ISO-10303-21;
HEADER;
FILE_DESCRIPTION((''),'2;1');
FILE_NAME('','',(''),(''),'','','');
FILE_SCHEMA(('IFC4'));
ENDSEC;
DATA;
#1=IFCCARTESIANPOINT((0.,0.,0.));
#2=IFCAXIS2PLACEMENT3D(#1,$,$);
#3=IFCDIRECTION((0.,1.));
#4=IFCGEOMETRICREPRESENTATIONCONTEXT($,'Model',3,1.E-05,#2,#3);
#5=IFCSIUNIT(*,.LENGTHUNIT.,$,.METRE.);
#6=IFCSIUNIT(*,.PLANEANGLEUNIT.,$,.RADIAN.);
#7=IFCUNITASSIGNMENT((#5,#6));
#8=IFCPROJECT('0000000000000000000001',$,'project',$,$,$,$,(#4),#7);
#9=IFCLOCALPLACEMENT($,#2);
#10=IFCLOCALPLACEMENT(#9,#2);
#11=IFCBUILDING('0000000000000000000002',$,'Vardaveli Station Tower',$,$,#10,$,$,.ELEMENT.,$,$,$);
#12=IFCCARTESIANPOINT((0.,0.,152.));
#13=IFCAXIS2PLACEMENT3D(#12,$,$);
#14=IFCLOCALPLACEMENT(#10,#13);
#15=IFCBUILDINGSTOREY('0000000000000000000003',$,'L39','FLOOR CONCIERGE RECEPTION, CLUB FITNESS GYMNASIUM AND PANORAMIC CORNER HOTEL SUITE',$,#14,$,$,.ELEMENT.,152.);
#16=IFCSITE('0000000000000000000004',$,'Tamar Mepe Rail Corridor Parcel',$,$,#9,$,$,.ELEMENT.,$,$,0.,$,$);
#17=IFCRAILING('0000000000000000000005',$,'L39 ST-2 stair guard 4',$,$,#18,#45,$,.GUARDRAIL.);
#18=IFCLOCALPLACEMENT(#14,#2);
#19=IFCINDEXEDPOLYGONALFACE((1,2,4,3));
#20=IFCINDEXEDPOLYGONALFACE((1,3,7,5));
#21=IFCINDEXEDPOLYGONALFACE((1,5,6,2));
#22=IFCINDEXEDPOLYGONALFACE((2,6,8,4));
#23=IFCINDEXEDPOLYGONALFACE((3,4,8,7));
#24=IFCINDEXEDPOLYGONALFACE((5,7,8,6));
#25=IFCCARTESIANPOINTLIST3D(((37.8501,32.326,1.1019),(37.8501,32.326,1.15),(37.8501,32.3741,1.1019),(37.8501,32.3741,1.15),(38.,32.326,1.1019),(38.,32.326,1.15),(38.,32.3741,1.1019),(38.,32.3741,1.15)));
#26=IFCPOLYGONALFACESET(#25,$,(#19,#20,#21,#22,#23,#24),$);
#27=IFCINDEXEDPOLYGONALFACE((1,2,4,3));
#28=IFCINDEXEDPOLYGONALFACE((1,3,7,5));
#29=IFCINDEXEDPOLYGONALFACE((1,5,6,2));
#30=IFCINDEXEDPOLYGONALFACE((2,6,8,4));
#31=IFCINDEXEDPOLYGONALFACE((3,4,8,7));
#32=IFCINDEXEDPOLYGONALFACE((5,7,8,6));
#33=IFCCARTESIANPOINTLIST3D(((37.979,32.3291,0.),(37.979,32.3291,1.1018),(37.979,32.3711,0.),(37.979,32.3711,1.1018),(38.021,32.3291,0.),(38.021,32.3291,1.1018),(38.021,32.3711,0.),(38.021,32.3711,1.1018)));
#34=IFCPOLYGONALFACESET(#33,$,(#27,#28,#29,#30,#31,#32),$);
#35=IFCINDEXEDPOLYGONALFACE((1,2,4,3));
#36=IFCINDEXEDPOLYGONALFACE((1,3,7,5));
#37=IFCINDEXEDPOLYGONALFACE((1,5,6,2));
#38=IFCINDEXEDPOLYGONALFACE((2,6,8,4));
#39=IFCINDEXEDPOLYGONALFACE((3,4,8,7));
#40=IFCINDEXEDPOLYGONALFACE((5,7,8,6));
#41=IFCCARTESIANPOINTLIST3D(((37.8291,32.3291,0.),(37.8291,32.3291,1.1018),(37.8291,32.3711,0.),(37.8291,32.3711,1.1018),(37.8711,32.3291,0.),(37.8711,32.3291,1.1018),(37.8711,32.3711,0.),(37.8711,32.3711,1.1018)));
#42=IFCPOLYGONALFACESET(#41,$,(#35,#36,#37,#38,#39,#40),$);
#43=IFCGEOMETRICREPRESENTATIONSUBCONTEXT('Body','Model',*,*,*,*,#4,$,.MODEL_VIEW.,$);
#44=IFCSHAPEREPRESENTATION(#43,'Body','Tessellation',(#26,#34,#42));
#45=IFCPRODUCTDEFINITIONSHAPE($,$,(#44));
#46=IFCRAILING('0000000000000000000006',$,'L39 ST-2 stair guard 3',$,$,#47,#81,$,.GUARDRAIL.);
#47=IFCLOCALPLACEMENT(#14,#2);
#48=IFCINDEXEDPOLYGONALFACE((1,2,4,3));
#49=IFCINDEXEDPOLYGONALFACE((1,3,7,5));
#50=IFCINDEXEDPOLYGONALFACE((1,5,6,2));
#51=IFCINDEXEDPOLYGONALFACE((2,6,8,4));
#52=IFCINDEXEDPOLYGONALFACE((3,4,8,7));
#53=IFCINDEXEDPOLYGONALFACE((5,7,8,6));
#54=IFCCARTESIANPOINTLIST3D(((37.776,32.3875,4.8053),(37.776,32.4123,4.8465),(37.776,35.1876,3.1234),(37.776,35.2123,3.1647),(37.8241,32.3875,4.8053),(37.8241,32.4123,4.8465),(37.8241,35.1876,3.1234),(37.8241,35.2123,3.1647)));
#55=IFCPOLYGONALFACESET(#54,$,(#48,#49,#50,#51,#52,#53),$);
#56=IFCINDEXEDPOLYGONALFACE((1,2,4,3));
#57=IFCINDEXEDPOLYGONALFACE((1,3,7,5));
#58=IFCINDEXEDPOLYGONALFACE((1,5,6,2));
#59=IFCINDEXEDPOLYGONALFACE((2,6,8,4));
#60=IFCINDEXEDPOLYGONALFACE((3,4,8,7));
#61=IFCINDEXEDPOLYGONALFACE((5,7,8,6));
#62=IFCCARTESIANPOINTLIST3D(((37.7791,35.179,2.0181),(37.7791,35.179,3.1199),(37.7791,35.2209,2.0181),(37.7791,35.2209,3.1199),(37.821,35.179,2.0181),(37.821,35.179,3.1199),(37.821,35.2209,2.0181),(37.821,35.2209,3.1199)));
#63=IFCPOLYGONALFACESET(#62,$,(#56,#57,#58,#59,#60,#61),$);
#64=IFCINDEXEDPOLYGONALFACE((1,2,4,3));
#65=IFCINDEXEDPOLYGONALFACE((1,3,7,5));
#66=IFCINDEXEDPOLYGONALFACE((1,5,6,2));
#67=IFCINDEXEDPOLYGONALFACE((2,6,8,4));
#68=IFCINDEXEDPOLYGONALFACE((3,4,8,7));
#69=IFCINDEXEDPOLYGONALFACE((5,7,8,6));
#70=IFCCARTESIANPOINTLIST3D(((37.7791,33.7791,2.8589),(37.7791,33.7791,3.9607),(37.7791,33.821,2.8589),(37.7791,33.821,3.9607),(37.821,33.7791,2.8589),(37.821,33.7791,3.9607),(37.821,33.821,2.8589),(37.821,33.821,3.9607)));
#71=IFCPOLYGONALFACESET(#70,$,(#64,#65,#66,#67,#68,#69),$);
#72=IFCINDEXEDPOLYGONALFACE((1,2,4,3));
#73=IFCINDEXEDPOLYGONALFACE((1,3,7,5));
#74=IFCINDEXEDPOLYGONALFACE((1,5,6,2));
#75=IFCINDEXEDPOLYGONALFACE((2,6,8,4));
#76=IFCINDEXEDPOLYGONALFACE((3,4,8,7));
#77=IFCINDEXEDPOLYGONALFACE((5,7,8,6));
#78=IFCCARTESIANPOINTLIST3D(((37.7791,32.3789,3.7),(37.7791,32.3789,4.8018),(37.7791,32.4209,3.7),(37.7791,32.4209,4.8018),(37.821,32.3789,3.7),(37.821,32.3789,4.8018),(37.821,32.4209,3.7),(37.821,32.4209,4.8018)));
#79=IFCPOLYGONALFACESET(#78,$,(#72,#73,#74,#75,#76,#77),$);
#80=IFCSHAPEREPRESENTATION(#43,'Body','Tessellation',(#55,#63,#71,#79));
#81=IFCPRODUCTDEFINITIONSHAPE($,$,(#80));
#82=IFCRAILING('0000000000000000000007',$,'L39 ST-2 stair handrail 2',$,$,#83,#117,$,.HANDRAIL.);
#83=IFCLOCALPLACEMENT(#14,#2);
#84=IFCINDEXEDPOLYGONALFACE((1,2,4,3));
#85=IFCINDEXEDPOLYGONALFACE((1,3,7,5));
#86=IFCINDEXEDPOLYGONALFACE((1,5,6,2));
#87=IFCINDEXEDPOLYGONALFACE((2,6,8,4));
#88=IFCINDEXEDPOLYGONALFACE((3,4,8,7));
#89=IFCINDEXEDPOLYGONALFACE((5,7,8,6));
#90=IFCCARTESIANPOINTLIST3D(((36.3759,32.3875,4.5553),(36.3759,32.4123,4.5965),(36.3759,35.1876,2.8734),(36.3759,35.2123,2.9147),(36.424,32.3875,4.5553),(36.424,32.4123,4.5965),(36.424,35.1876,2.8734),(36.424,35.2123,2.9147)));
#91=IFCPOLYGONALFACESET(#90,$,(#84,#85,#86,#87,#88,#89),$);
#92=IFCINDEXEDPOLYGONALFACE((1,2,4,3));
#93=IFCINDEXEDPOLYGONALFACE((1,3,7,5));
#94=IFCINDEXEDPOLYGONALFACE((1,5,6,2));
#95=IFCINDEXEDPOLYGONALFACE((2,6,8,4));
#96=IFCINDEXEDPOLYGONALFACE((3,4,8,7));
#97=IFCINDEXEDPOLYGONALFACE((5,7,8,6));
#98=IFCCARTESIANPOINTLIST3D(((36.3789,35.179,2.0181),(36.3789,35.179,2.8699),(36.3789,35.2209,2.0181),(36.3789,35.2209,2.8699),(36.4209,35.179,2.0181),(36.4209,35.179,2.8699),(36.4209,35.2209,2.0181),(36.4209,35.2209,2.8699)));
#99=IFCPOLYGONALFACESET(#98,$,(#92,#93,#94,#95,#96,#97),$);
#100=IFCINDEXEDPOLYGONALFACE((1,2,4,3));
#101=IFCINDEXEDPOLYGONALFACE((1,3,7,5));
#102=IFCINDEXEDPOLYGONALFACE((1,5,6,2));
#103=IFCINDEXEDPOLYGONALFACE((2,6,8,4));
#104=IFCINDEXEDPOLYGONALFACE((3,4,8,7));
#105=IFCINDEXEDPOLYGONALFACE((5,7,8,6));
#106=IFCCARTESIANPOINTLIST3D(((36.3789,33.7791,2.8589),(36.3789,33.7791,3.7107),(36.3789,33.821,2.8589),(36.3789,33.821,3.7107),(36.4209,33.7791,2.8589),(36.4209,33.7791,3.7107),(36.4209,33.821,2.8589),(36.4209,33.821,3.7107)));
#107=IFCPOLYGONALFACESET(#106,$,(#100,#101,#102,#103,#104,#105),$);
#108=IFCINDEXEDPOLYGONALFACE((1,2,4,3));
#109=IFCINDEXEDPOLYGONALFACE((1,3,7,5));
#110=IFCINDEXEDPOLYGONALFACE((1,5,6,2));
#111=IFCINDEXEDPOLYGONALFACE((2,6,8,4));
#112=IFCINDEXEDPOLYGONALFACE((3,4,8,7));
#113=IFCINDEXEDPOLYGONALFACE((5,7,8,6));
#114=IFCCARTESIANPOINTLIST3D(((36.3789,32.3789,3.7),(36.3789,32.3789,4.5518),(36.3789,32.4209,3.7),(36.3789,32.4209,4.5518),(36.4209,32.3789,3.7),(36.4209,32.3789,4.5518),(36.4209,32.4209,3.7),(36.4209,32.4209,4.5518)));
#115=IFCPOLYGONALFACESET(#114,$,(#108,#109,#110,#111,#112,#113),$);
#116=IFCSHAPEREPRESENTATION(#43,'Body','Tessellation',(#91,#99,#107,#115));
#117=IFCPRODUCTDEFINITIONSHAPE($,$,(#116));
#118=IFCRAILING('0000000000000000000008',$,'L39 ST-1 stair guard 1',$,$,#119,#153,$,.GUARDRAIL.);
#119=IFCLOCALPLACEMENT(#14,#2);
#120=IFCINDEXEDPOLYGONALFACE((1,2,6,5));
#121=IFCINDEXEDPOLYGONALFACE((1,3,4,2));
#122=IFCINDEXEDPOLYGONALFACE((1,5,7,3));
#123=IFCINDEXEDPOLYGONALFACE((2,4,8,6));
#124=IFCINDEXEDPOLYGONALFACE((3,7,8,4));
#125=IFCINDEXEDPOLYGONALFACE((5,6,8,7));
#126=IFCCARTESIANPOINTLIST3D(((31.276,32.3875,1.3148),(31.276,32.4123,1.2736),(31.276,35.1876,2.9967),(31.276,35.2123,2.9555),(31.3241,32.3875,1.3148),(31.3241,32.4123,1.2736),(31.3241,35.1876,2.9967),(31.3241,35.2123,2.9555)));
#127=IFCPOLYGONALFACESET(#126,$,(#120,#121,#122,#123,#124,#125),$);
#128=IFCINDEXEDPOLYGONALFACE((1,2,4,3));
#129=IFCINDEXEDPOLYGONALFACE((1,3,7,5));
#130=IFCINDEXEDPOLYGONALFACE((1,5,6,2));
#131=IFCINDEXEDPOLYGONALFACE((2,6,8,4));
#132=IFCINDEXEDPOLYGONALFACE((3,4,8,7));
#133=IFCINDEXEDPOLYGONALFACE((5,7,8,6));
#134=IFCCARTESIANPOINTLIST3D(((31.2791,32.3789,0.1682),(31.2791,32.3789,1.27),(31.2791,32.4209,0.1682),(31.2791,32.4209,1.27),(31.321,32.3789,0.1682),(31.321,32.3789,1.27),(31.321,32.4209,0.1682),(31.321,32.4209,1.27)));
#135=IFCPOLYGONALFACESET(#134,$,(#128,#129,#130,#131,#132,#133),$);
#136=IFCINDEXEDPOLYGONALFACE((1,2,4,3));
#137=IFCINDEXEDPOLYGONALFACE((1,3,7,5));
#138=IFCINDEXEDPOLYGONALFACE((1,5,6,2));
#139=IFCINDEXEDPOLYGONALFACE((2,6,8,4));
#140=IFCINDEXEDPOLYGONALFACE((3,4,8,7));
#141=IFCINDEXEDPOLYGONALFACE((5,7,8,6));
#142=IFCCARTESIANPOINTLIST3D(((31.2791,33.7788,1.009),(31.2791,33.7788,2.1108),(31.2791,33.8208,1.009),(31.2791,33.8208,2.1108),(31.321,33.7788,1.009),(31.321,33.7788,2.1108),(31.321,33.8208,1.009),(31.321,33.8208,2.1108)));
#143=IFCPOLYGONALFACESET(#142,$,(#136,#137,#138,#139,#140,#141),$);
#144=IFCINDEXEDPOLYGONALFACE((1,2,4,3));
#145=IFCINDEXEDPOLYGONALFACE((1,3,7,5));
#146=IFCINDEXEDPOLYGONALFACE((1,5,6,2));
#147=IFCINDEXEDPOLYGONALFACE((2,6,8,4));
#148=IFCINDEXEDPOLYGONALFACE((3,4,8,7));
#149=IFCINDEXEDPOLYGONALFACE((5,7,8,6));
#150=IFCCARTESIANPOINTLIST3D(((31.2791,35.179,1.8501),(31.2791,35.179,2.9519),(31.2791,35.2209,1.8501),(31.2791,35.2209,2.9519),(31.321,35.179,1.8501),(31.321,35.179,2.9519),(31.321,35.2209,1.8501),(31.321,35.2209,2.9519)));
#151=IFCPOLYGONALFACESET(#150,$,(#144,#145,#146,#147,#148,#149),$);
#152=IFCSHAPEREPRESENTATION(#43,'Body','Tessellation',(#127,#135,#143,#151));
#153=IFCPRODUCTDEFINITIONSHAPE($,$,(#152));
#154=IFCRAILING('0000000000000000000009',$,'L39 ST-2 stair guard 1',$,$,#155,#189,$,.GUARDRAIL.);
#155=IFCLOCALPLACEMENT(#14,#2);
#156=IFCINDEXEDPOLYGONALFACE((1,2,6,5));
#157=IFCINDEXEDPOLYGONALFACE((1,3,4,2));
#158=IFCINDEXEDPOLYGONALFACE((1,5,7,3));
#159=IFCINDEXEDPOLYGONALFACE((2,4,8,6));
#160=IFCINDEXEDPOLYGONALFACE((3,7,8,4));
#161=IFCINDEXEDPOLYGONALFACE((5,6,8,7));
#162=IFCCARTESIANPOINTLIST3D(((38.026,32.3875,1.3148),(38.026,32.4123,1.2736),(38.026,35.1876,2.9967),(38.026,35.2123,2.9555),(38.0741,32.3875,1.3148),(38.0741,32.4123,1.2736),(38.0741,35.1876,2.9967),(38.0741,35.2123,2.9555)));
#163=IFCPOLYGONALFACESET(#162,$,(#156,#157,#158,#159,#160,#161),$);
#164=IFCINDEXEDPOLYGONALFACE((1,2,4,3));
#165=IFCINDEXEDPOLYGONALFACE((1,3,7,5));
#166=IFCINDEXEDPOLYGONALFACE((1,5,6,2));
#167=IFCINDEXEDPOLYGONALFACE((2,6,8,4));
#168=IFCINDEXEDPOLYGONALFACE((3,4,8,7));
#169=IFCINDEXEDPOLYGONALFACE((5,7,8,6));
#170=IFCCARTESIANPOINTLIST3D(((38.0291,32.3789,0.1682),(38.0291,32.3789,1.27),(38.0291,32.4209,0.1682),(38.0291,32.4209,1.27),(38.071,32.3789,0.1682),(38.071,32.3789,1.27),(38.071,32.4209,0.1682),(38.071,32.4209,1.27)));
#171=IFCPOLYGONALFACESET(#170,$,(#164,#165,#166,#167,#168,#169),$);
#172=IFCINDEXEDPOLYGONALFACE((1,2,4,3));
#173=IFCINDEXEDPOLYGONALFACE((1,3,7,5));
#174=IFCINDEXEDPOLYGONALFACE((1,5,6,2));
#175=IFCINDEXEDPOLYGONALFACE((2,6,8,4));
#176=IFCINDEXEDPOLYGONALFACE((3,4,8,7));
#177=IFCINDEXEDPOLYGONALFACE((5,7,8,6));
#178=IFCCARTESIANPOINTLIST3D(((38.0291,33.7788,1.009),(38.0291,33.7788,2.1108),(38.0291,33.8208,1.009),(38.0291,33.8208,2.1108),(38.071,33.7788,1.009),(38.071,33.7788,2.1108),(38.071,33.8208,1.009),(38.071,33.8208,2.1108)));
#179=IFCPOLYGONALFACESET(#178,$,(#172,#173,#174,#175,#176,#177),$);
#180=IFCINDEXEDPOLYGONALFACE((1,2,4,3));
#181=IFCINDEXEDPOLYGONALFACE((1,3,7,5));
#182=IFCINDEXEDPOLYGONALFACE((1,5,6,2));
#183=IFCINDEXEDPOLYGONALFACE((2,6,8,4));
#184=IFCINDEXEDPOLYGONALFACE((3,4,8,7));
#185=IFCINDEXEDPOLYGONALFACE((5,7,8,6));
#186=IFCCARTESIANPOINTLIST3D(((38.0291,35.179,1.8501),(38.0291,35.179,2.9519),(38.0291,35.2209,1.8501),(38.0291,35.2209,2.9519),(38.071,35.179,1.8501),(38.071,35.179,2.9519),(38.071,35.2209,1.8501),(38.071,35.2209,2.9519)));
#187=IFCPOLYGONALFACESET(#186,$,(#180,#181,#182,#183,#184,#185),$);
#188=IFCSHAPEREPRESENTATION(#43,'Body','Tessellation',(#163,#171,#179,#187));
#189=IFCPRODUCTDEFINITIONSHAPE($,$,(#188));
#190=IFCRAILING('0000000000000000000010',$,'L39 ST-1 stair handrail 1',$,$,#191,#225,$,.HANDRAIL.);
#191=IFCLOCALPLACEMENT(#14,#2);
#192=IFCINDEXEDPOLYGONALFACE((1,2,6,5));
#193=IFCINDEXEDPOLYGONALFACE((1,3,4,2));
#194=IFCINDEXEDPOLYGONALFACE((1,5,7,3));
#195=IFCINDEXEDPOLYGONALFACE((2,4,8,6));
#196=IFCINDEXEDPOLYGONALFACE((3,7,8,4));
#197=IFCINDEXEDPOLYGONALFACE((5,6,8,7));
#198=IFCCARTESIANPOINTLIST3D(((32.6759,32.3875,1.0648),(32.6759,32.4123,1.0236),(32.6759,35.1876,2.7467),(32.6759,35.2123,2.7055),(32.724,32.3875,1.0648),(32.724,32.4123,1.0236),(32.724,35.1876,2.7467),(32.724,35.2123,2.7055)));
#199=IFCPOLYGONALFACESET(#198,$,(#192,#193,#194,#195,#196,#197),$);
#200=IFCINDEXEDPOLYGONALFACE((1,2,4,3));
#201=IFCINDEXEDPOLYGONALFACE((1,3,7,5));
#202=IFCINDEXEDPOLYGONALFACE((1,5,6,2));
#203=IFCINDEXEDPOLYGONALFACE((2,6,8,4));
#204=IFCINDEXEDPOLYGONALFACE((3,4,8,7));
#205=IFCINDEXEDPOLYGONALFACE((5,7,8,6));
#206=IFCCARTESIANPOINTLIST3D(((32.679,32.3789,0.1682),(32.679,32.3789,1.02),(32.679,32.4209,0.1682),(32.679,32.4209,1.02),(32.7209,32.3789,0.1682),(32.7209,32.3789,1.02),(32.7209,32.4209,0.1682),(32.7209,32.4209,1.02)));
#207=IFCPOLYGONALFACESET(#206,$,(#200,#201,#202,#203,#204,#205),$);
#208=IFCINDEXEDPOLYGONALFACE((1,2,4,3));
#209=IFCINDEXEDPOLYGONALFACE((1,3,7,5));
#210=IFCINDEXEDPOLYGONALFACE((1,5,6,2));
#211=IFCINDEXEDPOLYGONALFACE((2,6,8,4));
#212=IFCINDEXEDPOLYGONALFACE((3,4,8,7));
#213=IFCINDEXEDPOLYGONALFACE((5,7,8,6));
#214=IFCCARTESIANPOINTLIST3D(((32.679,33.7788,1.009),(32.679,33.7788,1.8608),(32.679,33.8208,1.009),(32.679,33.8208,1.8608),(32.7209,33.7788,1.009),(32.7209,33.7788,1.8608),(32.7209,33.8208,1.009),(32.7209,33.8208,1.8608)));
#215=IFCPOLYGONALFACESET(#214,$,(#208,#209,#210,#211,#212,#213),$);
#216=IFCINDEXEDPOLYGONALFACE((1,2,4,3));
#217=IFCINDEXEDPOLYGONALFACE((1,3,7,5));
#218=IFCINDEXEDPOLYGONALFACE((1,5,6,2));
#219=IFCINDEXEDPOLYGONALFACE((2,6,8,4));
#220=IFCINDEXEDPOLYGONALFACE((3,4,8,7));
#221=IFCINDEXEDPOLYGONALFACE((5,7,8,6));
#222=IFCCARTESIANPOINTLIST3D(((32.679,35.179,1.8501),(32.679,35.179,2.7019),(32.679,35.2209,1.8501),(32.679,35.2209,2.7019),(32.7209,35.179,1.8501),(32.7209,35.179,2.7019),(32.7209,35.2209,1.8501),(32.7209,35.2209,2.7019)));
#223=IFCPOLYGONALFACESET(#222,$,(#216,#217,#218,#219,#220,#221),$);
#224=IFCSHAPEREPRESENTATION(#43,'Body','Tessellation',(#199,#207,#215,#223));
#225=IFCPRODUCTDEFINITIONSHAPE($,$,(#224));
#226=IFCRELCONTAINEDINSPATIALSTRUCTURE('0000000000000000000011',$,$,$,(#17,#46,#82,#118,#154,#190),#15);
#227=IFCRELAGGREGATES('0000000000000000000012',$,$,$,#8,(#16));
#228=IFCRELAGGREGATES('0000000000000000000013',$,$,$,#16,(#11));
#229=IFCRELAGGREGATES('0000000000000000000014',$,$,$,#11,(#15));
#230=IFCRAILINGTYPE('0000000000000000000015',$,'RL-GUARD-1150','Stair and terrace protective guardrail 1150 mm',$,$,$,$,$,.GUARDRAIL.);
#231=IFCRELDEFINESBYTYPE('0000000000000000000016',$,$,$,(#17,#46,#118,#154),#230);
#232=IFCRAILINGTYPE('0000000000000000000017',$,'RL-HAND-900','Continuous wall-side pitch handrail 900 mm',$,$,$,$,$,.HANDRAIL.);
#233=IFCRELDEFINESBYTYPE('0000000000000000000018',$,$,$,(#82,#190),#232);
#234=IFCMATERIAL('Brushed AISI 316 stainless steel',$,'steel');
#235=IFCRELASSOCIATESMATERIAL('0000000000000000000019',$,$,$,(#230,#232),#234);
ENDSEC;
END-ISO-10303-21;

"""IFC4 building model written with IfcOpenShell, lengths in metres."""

from ifc_helpers import new_model, si_unit, direction, frame, origin, origin_2d, place, context, subcontext, project, spatial, rectangle, extrude, source, transform, mapped, material, type_object, element, save


model = new_model("IFC4")

# Units and contexts
model_context = context("Model", 3, precision=1e-05, world=origin(), true_north=direction((0.0, 1.0)))
body_context = subcontext(model_context, "Body", "Model", "MODEL_VIEW")
ifc_project = project(units=[si_unit("LENGTHUNIT", "METRE"), si_unit("PLANEANGLEUNIT", "RADIAN")], contexts=[model_context])

# Site, building, storey
site_placement = place(None, origin())
site = spatial("IfcSite", under=ifc_project, at=site_placement, Name="Tamar Mepe Rail Corridor Parcel", CompositionType="ELEMENT", RefElevation=0.0)
building_placement = place(site_placement, origin())
building = spatial("IfcBuilding", under=site, at=building_placement, Name="Vardaveli Station Tower", CompositionType="ELEMENT")
storey_placement = place(building_placement, frame((0.0, 0.0, 152.0)))
storey = spatial("IfcBuildingStorey", under=building, at=storey_placement, Name="L39", Description="FLOOR CONCIERGE RECEPTION, CLUB FITNESS GYMNASIUM AND PANORAMIC CORNER HOTEL SUITE", CompositionType="ELEMENT", Elevation=152.0)

# Railings
ifc_material_1 = material(Name="Brushed AISI 316 stainless steel", Category="steel")
railing_type_1 = type_object("IfcRailingType", Name="RL-GUARD-1150", Description="Stair and terrace protective guardrail 1150 mm", PredefinedType="GUARDRAIL", material=ifc_material_1)
shared_shape_1 = source(origin(), body_context, "Body", "SweptSolid", [
    extrude(rectangle(XDim=0.0481, YDim=0.0481, at=origin_2d()), frame((0.0, 0.0, 1.126), z_axis=(-1.0, 0.0, 0.0), x_axis=(0.0, -1.0, 0.0)), (0.0, 0.0, 1.0), 0.1499),
    extrude(rectangle(XDim=0.042, YDim=0.042, at=origin_2d()), origin(), (0.0, 0.0, 1.0), 1.1018),
    extrude(rectangle(XDim=0.042, YDim=0.042, at=origin_2d()), frame((-0.1499, 0.0, 0.0)), (0.0, 0.0, 1.0), 1.1018),
])
for number, where, name in (
    (1, (38.0, 32.3501, 0.0), "L39 ST-2 stair guard 4"),
):
    element("IfcRailing", number, at=place(storey_placement, frame(where)), inside=storey, type_object=railing_type_1, Name=name, PredefinedType="GUARDRAIL", context=body_context, shape_type="MappedRepresentation", body=[
        mapped(shared_shape_1, transform((0.0, 0.0, 0.0), scale=1.0)),
    ])
shared_shape_2 = source(origin(), body_context, "Body", "SweptSolid", [
    extrude(rectangle(XDim=0.0481, YDim=0.0481, at=origin_2d()), frame((0.0, 0.0, 1.126), z_axis=(0.0, -0.857242, 0.514913), x_axis=(1.0, 0.0, 0.0)), (0.0, 0.0, 1.0), 3.2664),
    extrude(rectangle(XDim=0.042, YDim=0.042, at=origin_2d()), origin(), (0.0, 0.0, 1.0), 1.1018),
    extrude(rectangle(XDim=0.042, YDim=0.042, at=origin_2d()), frame((0.0, -1.3999, 0.8408)), (0.0, 0.0, 1.0), 1.1018),
    extrude(rectangle(XDim=0.042, YDim=0.042, at=origin_2d()), frame((0.0, -2.8, 1.6819)), (0.0, 0.0, 1.0), 1.1018),
])
railing_1_placement = place(storey_placement, frame((37.8, 35.2, 2.0181)))
element("IfcRailing", 2, at=railing_1_placement, inside=storey, type_object=railing_type_1, Name="L39 ST-2 stair guard 3", PredefinedType="GUARDRAIL", context=body_context, shape_type="MappedRepresentation", body=[
    mapped(shared_shape_2, transform((0.0, 0.0, 0.0), scale=1.0)),
])
railing_type_2 = type_object("IfcRailingType", Name="RL-HAND-900", Description="Continuous wall-side pitch handrail 900 mm", PredefinedType="HANDRAIL", material=ifc_material_1)
shared_shape_3 = source(origin(), body_context, "Body", "SweptSolid", [
    extrude(rectangle(XDim=0.0481, YDim=0.0481, at=origin_2d()), frame((0.0, 0.0, 0.876), z_axis=(0.0, -0.857242, 0.514913), x_axis=(1.0, 0.0, 0.0)), (0.0, 0.0, 1.0), 3.2664),
    extrude(rectangle(XDim=0.042, YDim=0.042, at=origin_2d()), origin(), (0.0, 0.0, 1.0), 0.8518),
    extrude(rectangle(XDim=0.042, YDim=0.042, at=origin_2d()), frame((0.0, -1.3999, 0.8408)), (0.0, 0.0, 1.0), 0.8518),
    extrude(rectangle(XDim=0.042, YDim=0.042, at=origin_2d()), frame((0.0, -2.8, 1.6819)), (0.0, 0.0, 1.0), 0.8518),
])
railing_2_placement = place(storey_placement, frame((36.3999, 35.2, 2.0181)))
element("IfcRailing", 3, at=railing_2_placement, inside=storey, type_object=railing_type_2, Name="L39 ST-2 stair handrail 2", PredefinedType="HANDRAIL", context=body_context, shape_type="MappedRepresentation", body=[
    mapped(shared_shape_3, transform((0.0, 0.0, 0.0), scale=1.0)),
])
shared_shape_4 = source(origin(), body_context, "Body", "SweptSolid", [
    extrude(rectangle(XDim=0.0481, YDim=0.0481, at=origin_2d()), frame((0.0, 0.0, 1.126), z_axis=(0.0, 0.857242, 0.514913), x_axis=(-1.0, 0.0, 0.0)), (0.0, 0.0, 1.0), 3.2664),
    extrude(rectangle(XDim=0.042, YDim=0.042, at=origin_2d()), origin(), (0.0, 0.0, 1.0), 1.1018),
    extrude(rectangle(XDim=0.042, YDim=0.042, at=origin_2d()), frame((0.0, 1.3999, 0.8408)), (0.0, 0.0, 1.0), 1.1018),
    extrude(rectangle(XDim=0.042, YDim=0.042, at=origin_2d()), frame((0.0, 2.8, 1.6819)), (0.0, 0.0, 1.0), 1.1018),
])
for number, where, name in (
    (4, (31.3, 32.3999, 0.1682), "L39 ST-1 stair guard 1"),
    (5, (38.05, 32.3999, 0.1682), "L39 ST-2 stair guard 1"),
):
    element("IfcRailing", number, at=place(storey_placement, frame(where)), inside=storey, type_object=railing_type_1, Name=name, PredefinedType="GUARDRAIL", context=body_context, shape_type="MappedRepresentation", body=[
        mapped(shared_shape_4, transform((0.0, 0.0, 0.0), scale=1.0)),
    ])
shared_shape_5 = source(origin(), body_context, "Body", "SweptSolid", [
    extrude(rectangle(XDim=0.0481, YDim=0.0481, at=origin_2d()), frame((0.0, 0.0, 0.876), z_axis=(0.0, 0.857242, 0.514913), x_axis=(-1.0, 0.0, 0.0)), (0.0, 0.0, 1.0), 3.2664),
    extrude(rectangle(XDim=0.042, YDim=0.042, at=origin_2d()), origin(), (0.0, 0.0, 1.0), 0.8518),
    extrude(rectangle(XDim=0.042, YDim=0.042, at=origin_2d()), frame((0.0, 1.3999, 0.8408)), (0.0, 0.0, 1.0), 0.8518),
    extrude(rectangle(XDim=0.042, YDim=0.042, at=origin_2d()), frame((0.0, 2.8, 1.6819)), (0.0, 0.0, 1.0), 0.8518),
])
for number, where, name in (
    (6, (32.7, 32.3999, 0.1682), "L39 ST-1 stair handrail 1"),
):
    element("IfcRailing", number, at=place(storey_placement, frame(where)), inside=storey, type_object=railing_type_2, Name=name, PredefinedType="HANDRAIL", context=body_context, shape_type="MappedRepresentation", body=[
        mapped(shared_shape_5, transform((0.0, 0.0, 0.0), scale=1.0)),
    ])

save(model, "model.ifc")
